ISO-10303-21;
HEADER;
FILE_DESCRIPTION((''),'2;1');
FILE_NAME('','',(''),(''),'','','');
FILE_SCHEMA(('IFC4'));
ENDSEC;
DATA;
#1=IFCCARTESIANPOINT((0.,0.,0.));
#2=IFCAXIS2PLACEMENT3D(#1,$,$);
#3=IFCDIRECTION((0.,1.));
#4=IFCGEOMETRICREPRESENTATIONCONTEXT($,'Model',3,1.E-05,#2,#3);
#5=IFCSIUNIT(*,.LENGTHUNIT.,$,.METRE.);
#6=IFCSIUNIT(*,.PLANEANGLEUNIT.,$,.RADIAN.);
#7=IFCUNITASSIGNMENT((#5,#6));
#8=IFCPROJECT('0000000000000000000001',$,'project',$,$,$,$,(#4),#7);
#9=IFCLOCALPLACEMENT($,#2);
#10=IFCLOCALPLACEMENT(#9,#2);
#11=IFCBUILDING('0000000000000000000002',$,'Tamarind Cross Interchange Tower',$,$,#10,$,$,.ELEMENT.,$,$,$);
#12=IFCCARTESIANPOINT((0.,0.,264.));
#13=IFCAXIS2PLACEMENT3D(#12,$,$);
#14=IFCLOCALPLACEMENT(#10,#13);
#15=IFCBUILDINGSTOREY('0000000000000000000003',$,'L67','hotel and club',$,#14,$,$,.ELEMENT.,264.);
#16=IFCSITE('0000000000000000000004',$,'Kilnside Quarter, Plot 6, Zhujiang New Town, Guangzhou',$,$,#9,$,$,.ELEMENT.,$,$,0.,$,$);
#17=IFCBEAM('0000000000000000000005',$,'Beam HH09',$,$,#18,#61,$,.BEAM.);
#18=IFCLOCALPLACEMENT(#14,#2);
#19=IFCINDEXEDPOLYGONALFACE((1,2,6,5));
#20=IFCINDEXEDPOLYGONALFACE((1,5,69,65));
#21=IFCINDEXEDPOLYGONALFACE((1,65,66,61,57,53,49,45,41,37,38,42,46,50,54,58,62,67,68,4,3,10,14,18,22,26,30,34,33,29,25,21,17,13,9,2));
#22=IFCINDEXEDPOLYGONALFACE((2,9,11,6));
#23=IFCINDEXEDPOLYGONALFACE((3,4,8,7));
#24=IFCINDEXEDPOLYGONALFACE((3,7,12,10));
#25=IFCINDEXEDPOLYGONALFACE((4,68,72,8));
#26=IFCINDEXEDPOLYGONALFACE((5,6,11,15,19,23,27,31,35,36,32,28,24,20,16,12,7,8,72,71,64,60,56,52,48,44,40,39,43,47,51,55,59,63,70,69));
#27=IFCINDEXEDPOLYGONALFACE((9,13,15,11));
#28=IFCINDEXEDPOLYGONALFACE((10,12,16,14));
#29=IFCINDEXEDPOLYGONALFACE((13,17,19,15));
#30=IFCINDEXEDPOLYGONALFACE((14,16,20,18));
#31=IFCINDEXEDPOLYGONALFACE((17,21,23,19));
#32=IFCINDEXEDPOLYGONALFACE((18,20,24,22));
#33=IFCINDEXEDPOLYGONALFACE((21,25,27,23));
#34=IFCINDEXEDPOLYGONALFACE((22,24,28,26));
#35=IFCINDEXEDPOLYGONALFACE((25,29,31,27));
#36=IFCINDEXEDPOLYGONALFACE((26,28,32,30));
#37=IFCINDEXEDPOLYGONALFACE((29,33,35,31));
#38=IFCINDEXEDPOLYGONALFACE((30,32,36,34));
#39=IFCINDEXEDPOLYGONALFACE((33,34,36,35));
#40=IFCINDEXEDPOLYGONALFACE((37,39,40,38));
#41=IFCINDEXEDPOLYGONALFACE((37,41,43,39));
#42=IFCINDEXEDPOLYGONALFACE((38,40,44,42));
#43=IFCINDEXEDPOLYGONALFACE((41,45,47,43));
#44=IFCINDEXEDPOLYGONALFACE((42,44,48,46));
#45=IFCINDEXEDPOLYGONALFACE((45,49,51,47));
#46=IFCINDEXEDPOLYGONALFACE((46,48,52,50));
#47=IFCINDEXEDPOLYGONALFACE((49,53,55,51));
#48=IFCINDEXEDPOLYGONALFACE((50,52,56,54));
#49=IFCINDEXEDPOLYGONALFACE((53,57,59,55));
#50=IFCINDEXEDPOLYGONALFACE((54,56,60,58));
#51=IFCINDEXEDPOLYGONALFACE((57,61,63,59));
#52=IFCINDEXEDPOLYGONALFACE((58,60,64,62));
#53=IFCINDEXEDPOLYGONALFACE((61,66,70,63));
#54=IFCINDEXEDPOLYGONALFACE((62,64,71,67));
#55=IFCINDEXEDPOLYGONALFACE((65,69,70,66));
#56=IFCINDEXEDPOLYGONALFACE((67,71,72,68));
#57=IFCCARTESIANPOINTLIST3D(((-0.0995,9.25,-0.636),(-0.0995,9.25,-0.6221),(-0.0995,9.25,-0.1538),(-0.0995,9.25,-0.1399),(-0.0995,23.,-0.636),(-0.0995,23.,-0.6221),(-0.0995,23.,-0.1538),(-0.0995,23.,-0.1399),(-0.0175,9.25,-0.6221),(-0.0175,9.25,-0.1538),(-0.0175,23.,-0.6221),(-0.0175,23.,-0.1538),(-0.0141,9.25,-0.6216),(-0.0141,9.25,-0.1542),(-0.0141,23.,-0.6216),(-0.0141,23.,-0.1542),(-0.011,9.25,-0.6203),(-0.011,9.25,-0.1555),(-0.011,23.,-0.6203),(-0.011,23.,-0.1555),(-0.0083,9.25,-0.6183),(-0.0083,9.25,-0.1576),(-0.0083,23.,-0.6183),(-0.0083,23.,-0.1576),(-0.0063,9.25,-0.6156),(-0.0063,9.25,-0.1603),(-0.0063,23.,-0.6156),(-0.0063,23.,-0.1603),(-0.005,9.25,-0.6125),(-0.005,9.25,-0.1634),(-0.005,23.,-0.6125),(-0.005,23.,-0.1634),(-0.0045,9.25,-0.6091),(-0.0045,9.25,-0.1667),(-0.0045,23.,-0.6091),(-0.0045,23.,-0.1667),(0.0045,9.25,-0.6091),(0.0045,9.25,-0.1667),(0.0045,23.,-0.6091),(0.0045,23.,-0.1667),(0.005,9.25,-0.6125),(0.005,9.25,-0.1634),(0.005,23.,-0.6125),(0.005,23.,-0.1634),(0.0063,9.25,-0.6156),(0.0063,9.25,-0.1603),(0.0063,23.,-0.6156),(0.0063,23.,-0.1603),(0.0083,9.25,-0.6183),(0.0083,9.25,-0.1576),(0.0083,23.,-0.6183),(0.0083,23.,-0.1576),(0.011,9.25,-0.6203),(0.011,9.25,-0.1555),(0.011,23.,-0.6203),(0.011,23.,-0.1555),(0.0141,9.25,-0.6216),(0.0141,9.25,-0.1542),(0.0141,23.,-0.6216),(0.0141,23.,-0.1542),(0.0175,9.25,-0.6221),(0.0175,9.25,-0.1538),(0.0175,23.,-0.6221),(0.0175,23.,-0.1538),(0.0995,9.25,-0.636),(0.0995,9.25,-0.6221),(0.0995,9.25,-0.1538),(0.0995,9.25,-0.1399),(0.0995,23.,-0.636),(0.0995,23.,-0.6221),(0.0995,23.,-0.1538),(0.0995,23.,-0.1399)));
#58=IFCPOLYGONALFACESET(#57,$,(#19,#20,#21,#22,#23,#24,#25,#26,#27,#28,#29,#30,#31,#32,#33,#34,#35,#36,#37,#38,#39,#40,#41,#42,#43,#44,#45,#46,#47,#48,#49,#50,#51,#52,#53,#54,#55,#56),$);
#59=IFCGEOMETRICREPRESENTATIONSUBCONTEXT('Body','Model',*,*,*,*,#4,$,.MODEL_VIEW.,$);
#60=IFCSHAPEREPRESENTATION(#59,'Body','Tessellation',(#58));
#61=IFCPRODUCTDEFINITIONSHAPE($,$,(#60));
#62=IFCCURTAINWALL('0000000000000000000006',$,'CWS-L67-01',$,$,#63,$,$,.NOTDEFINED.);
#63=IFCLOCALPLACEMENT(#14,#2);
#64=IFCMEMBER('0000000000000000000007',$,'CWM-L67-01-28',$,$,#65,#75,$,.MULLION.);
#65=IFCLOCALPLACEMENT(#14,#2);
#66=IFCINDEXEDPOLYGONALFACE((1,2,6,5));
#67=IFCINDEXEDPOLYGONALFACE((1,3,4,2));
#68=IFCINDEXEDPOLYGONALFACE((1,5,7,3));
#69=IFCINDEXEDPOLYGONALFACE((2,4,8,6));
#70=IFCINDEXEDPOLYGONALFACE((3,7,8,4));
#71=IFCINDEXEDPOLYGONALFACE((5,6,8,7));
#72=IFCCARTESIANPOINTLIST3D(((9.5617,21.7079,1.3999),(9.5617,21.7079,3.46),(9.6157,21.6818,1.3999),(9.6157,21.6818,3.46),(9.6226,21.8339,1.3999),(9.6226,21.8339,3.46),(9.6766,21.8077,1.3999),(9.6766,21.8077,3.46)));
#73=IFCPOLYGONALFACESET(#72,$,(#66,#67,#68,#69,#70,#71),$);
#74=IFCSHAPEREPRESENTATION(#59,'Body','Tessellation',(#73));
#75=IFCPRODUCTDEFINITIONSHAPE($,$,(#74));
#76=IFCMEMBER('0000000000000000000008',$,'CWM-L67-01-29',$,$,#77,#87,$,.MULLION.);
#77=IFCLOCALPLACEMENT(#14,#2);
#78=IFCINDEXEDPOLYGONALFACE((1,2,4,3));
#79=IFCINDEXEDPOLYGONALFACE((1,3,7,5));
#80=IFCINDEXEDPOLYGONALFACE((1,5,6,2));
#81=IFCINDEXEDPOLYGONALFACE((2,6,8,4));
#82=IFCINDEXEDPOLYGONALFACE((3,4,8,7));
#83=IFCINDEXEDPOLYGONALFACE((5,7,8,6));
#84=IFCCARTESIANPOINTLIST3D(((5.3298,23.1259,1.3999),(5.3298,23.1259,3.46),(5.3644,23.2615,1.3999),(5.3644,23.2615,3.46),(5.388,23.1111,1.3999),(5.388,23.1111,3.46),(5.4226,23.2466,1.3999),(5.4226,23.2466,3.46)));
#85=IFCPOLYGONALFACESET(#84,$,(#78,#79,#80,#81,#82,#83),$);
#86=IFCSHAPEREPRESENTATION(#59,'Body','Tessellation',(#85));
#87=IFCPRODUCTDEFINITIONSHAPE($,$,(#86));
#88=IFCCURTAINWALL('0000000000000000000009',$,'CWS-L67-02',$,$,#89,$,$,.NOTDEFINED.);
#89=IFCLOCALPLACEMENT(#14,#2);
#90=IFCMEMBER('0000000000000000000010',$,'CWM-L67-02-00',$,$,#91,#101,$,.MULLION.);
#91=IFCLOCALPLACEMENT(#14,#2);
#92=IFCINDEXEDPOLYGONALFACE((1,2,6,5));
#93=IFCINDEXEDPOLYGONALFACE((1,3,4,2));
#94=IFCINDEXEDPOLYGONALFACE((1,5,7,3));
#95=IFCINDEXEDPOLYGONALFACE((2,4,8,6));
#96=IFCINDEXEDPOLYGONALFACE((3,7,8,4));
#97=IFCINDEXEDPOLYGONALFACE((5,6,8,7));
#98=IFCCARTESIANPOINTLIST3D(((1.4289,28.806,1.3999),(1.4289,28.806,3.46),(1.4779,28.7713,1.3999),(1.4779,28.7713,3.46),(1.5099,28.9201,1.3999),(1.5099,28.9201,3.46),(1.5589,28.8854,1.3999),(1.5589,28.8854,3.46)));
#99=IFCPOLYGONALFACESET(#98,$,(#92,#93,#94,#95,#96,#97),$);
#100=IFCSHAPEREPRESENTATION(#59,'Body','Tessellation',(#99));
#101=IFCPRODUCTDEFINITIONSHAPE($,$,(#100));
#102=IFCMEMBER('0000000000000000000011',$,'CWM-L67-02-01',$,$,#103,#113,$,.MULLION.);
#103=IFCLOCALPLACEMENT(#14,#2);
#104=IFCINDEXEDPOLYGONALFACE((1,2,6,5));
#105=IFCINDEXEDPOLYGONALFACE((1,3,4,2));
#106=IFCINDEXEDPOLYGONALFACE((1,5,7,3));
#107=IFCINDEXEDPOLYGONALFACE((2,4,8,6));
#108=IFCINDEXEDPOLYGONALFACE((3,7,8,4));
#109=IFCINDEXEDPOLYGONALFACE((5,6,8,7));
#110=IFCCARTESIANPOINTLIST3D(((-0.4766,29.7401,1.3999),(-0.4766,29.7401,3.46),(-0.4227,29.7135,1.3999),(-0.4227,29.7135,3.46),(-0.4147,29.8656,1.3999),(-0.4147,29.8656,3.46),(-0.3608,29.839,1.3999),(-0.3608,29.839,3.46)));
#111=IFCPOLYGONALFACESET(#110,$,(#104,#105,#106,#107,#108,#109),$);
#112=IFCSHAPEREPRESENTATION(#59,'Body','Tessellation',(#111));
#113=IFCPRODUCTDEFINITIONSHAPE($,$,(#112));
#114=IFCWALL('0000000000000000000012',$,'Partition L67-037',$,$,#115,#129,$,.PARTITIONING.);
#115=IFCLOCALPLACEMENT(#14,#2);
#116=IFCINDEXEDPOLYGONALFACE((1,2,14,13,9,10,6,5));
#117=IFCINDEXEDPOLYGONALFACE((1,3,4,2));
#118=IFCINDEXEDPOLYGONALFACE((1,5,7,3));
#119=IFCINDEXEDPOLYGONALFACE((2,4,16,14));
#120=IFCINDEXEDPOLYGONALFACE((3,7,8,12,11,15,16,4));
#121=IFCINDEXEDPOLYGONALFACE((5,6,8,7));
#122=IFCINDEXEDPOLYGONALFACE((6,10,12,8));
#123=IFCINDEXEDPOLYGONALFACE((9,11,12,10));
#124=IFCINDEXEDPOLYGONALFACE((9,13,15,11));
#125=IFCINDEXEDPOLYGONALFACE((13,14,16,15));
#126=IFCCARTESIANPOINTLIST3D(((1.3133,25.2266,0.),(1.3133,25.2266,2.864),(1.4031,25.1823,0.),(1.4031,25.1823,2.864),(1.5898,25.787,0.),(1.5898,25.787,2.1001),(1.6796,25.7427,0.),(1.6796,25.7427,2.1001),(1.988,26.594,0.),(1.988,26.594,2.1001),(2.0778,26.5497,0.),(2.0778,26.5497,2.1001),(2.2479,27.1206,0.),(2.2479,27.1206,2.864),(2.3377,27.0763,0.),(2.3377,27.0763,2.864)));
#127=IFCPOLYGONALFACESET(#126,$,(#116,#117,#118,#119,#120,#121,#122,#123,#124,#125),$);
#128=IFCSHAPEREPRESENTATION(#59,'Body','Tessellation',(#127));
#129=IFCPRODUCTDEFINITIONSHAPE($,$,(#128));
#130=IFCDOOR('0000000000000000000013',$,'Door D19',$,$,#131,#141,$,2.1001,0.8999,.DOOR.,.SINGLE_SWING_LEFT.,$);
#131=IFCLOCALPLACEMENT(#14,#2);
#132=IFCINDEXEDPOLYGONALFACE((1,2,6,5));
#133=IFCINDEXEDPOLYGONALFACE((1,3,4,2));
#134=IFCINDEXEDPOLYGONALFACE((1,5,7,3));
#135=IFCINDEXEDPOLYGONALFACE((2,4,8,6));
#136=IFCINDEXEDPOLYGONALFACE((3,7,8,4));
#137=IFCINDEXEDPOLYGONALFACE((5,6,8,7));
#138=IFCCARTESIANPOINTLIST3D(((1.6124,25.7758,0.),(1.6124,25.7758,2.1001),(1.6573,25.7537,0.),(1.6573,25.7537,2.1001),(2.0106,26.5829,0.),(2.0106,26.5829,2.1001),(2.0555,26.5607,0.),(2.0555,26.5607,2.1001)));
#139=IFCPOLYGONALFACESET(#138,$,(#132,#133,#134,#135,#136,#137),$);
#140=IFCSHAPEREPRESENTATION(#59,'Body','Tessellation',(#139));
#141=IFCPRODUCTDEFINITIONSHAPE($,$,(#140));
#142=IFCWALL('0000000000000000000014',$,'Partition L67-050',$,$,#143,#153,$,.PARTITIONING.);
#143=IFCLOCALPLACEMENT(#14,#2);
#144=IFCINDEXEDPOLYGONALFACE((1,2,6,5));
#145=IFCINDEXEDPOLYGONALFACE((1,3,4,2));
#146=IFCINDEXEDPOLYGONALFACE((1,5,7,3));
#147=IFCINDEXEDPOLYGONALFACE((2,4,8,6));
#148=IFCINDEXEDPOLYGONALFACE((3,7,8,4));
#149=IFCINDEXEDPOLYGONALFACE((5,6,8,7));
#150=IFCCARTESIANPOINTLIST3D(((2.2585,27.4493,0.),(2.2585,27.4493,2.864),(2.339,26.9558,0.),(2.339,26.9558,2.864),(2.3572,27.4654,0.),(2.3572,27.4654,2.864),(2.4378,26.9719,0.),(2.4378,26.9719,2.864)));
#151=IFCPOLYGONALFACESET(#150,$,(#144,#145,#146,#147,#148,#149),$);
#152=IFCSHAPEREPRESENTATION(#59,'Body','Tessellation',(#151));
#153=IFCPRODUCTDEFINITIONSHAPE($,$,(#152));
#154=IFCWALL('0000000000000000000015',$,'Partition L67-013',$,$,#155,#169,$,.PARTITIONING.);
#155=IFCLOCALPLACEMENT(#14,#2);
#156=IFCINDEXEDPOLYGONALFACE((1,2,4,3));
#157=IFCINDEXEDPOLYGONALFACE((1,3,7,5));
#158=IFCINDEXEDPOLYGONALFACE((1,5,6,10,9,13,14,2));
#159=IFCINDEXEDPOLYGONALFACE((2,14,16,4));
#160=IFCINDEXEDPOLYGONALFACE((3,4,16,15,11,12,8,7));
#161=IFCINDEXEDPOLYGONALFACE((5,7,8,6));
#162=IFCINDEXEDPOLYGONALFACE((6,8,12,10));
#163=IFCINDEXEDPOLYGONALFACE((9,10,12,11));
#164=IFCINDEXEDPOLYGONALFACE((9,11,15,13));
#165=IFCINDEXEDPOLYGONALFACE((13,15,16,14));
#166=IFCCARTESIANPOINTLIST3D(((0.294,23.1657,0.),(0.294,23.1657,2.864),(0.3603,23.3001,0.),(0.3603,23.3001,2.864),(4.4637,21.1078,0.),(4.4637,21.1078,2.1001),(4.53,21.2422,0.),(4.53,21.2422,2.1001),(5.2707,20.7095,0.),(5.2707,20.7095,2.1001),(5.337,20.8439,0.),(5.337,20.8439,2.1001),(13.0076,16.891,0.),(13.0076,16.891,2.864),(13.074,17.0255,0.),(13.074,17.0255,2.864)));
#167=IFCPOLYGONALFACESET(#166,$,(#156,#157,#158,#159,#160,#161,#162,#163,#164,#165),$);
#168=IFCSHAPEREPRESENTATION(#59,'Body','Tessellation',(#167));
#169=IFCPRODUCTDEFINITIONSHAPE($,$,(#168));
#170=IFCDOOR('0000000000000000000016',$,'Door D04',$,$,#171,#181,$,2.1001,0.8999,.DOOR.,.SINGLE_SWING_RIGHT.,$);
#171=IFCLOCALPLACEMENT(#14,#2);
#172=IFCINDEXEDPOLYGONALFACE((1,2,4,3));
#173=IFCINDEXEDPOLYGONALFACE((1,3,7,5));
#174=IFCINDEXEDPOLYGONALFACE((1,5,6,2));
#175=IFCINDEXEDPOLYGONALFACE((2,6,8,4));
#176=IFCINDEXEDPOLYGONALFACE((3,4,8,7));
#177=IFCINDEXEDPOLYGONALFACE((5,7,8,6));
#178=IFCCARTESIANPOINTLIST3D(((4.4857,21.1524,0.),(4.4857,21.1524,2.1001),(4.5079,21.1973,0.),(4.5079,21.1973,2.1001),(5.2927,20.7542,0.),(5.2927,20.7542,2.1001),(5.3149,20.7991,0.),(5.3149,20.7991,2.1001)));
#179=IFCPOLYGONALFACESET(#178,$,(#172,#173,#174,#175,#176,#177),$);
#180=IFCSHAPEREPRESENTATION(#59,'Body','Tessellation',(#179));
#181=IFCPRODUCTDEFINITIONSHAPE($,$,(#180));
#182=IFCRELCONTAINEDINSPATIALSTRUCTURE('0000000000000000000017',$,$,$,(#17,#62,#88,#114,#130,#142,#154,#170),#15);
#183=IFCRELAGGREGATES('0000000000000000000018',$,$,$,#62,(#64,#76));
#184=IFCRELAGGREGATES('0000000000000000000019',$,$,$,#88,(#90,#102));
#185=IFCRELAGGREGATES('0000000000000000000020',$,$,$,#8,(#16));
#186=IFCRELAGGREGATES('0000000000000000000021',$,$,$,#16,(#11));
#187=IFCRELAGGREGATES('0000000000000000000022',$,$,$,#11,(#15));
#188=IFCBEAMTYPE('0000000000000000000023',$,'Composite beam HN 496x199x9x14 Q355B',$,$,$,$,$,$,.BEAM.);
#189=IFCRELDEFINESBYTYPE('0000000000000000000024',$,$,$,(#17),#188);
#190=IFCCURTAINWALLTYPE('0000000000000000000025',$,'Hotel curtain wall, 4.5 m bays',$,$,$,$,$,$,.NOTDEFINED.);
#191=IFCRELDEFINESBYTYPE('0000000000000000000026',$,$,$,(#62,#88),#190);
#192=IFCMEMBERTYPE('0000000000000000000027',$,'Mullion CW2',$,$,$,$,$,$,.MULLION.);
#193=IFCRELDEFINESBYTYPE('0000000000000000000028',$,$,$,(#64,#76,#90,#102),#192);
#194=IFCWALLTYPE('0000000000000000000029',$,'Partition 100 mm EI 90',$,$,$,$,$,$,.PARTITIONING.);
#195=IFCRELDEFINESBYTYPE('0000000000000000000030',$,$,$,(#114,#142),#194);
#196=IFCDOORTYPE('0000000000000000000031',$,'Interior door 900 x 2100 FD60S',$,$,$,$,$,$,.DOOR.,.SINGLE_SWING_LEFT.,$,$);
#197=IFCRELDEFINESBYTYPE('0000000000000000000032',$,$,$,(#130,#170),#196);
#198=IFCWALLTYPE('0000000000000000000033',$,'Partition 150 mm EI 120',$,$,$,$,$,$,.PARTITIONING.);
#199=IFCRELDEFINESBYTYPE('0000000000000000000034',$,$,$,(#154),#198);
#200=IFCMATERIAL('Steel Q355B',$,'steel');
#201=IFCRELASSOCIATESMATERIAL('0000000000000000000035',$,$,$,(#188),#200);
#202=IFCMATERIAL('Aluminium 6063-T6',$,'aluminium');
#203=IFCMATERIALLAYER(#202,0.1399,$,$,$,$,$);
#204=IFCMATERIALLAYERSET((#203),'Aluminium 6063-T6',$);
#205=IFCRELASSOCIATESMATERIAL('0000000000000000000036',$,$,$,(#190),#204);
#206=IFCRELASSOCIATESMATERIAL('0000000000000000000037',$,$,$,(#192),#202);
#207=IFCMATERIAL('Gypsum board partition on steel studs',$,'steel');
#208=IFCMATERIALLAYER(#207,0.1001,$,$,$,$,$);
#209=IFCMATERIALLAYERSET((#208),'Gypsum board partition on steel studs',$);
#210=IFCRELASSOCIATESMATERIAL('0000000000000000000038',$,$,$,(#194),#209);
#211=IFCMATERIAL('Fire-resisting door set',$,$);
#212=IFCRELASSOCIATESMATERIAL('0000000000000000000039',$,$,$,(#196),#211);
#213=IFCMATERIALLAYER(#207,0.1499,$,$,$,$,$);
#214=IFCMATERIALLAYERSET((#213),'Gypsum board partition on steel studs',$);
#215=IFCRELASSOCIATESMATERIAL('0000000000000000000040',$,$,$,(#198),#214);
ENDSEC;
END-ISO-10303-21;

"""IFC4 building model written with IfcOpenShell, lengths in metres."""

from ifc_helpers import new_model, si_unit, direction, frame, frame_2d, origin, origin_2d, place, context, subcontext, project, spatial, rectangle, i_section, extrude, material, layer, layer_set, material_profile, profile_set, type_object, element, fill, aggregate, save


model = new_model("IFC4")

# Units and contexts
model_context = context("Model", 3, precision=1e-05, world=origin(), true_north=direction((0.0, 1.0)))
body_context = subcontext(model_context, "Body", "Model", "MODEL_VIEW")
ifc_project = project(units=[si_unit("LENGTHUNIT", "METRE"), si_unit("PLANEANGLEUNIT", "RADIAN")], contexts=[model_context])

# Site, building, storey
site_placement = place(None, origin())
site = spatial("IfcSite", under=ifc_project, at=site_placement, Name="Kilnside Quarter, Plot 6, Zhujiang New Town, Guangzhou", CompositionType="ELEMENT", RefElevation=0.0)
building_placement = place(site_placement, origin())
building = spatial("IfcBuilding", under=site, at=building_placement, Name="Tamarind Cross Interchange Tower", CompositionType="ELEMENT")
storey_placement = place(building_placement, frame((0.0, 0.0, 264.0)))
storey = spatial("IfcBuildingStorey", under=building, at=storey_placement, Name="L67", Description="hotel and club", CompositionType="ELEMENT", Elevation=264.0)

# Beam
ifc_material_1 = material(Name="Steel Q355B", Category="steel")
ifc_material_profile_1 = material_profile(ifc_material_1, i_section(OverallWidth=0.199, OverallDepth=0.4961, WebThickness=0.009, FlangeThickness=0.0139, FilletRadius=0.0129, at=origin_2d()), Name="HN 496x199x9x14")
ifc_profile_set_1 = profile_set([ifc_material_profile_1], Name="Steel Q355B")
beam_type = type_object("IfcBeamType", Name="Composite beam HN 496x199x9x14 Q355B", PredefinedType="BEAM", material=ifc_profile_set_1)
beam_1_placement = place(storey_placement, frame((0.0, 23.0, -0.3879), z_axis=(0.0, -1.0, 0.0), x_axis=(1.0, 0.0, 0.0)))
element("IfcBeam", 1, at=beam_1_placement, inside=storey, type_object=beam_type, Name="Beam HH09", PredefinedType="BEAM", context=body_context, shape_type="SweptSolid", body=[
    extrude(i_section(OverallWidth=0.199, OverallDepth=0.4961, WebThickness=0.009, FlangeThickness=0.0139, FilletRadius=0.0129, at=origin_2d()), origin(), (0.0, 0.0, 1.0), 13.75),
])

# Curtain walls, members
ifc_material_2 = material(Name="Aluminium 6063-T6", Category="aluminium")
ifc_layer_1 = layer(ifc_material_2, 0.1399)
ifc_layer_set_1 = layer_set([ifc_layer_1], Name="Aluminium 6063-T6")
curtain_wall_type = type_object("IfcCurtainWallType", Name="Hotel curtain wall, 4.5 m bays", PredefinedType="NOTDEFINED", material=ifc_layer_set_1)
curtain_wall_1_placement = place(storey_placement, origin())
curtain_wall_1 = element("IfcCurtainWall", 2, at=curtain_wall_1_placement, inside=storey, type_object=curtain_wall_type, Name="CWS-L67-01", PredefinedType="NOTDEFINED")
ifc_material_profile_2 = material_profile(ifc_material_2, rectangle(XDim=0.0601, YDim=0.1399, at=origin_2d()), Name="Mullion CW2")
ifc_profile_set_2 = profile_set([ifc_material_profile_2], Name="Aluminium 6063-T6")
member_type = type_object("IfcMemberType", Name="Mullion CW2", PredefinedType="MULLION", material=ifc_profile_set_2)
member_1_placement = place(storey_placement, frame((9.6191, 21.7578, 1.3999), z_axis=(0.0, 0.0, 1.0), x_axis=(-0.900273, 0.435326, 0.0)))
member_1 = element("IfcMember", 3, at=member_1_placement, type_object=member_type, Name="CWM-L67-01-28", PredefinedType="MULLION", context=body_context, shape_type="SweptSolid", body=[
    extrude(rectangle(XDim=0.0601, YDim=0.1399, at=origin_2d()), origin(), (0.0, 0.0, 1.0), 2.0601),
])
member_2_placement = place(storey_placement, frame((5.3762, 23.1863, 1.3999), z_axis=(0.0, 0.0, 1.0), x_axis=(-0.968905, 0.247431, 0.0)))
member_2 = element("IfcMember", 4, at=member_2_placement, type_object=member_type, Name="CWM-L67-01-29", PredefinedType="MULLION", context=body_context, shape_type="SweptSolid", body=[
    extrude(rectangle(XDim=0.0601, YDim=0.1399, at=origin_2d()), origin(), (0.0, 0.0, 1.0), 2.0601),
])
aggregate(curtain_wall_1, [member_1, member_2])
curtain_wall_2_placement = place(storey_placement, origin())
curtain_wall_2 = element("IfcCurtainWall", 5, at=curtain_wall_2_placement, inside=storey, type_object=curtain_wall_type, Name="CWS-L67-02", PredefinedType="NOTDEFINED")
member_3_placement = place(storey_placement, frame((1.4939, 28.8457, 1.3999), z_axis=(0.0, 0.0, 1.0), x_axis=(-0.815717, 0.578451, 0.0)))
member_3 = element("IfcMember", 6, at=member_3_placement, type_object=member_type, Name="CWM-L67-02-00", PredefinedType="MULLION", context=body_context, shape_type="SweptSolid", body=[
    extrude(rectangle(XDim=0.0601, YDim=0.1399, at=origin_2d()), origin(), (0.0, 0.0, 1.0), 2.0601),
])
member_4_placement = place(storey_placement, frame((-0.4187, 29.7896, 1.3999), z_axis=(0.0, 0.0, 1.0), x_axis=(-0.89674, 0.442558, 0.0)))
member_4 = element("IfcMember", 7, at=member_4_placement, type_object=member_type, Name="CWM-L67-02-01", PredefinedType="MULLION", context=body_context, shape_type="SweptSolid", body=[
    extrude(rectangle(XDim=0.0601, YDim=0.1399, at=origin_2d()), origin(), (0.0, 0.0, 1.0), 2.0601),
])
aggregate(curtain_wall_2, [member_3, member_4])

# Wall, opening, door
ifc_material_3 = material(Name="Gypsum board partition on steel studs", Category="steel")
ifc_layer_2 = layer(ifc_material_3, 0.1001)
ifc_layer_set_2 = layer_set([ifc_layer_2], Name="Gypsum board partition on steel studs")
wall_type_1 = type_object("IfcWallType", Name="Partition 100 mm EI 90", PredefinedType="PARTITIONING", material=ifc_layer_set_2)
wall_1_placement = place(storey_placement, frame((1.3582, 25.2043, 0.0), z_axis=(0.0, 0.0, 1.0), x_axis=(0.442491, 0.896773, 0.0)))
wall_1 = element("IfcWall", 8, at=wall_1_placement, inside=storey, type_object=wall_type_1, Name="Partition L67-037", PredefinedType="PARTITIONING", context=body_context, shape_type="SweptSolid", body=[
    extrude(rectangle(XDim=2.1121, YDim=0.1001, at=frame_2d((1.0562, 0.0))), origin(), (0.0, 0.0, 1.0), 2.864),
])
opening_1_placement = place(wall_1_placement, frame((0.625, 0.0, 0.0)))
opening_1 = element("IfcOpeningElement", 9, at=opening_1_placement, cuts=wall_1, PredefinedType="OPENING", context=body_context, shape_type="SweptSolid", body=[
    extrude(rectangle(XDim=0.8999, YDim=2.1001, at=frame_2d((0.45, 1.05))), frame((0.0, 0.0601, 0.0), z_axis=(0.0, -1.0, 0.0), x_axis=(1.0, 0.0, 0.0)), (0.0, 0.0, 1.0), 0.1201),
])
ifc_material_4 = material(Name="Fire-resisting door set")
door_type = type_object("IfcDoorType", Name="Interior door 900 x 2100 FD60S", OperationType="SINGLE_SWING_LEFT", PredefinedType="DOOR", material=ifc_material_4)
door_1_placement = place(opening_1_placement, origin())
door_1 = element("IfcDoor", 10, at=door_1_placement, inside=storey, type_object=door_type, Name="Door D19", OperationType="SINGLE_SWING_LEFT", OverallHeight=2.1001, OverallWidth=0.8999, PredefinedType="DOOR", context=body_context, shape_type="SweptSolid", body=[
    extrude(rectangle(XDim=0.8999, YDim=2.1001, at=frame_2d((0.45, 1.05))), frame((0.0, 0.0249, 0.0), z_axis=(0.0, -1.0, 0.0), x_axis=(1.0, 0.0, 0.0)), (0.0, 0.0, 1.0), 0.05),
])
fill(opening_1, door_1)

# Wall
wall_2_placement = place(storey_placement, frame((2.3884, 26.9639, 0.0), z_axis=(0.0, 0.0, 1.0), x_axis=(-0.161151, 0.98693, 0.0)))
element("IfcWall", 11, at=wall_2_placement, inside=storey, type_object=wall_type_1, Name="Partition L67-050", PredefinedType="PARTITIONING", context=body_context, shape_type="SweptSolid", body=[
    extrude(rectangle(XDim=0.5, YDim=0.1001, at=frame_2d((0.25, 0.0))), origin(), (0.0, 0.0, 1.0), 2.864),
])

# Wall, opening, door
ifc_layer_3 = layer(ifc_material_3, 0.1499)
ifc_layer_set_3 = layer_set([ifc_layer_3], Name="Gypsum board partition on steel studs")
wall_type_2 = type_object("IfcWallType", Name="Partition 150 mm EI 120", PredefinedType="PARTITIONING", material=ifc_layer_set_3)
wall_3_placement = place(storey_placement, frame((0.3271, 23.2329, 0.0), z_axis=(0.0, 0.0, 1.0), x_axis=(0.896733, -0.442572, 0.0)))
wall_3 = element("IfcWall", 12, at=wall_3_placement, inside=storey, type_object=wall_type_2, Name="Partition L67-013", PredefinedType="PARTITIONING", context=body_context, shape_type="SweptSolid", body=[
    extrude(rectangle(XDim=14.1777, YDim=0.1499, at=frame_2d((7.0889, 0.0))), origin(), (0.0, 0.0, 1.0), 2.864),
])
opening_2_placement = place(wall_3_placement, frame((4.6499, 0.0, 0.0)))
opening_2 = element("IfcOpeningElement", 13, at=opening_2_placement, cuts=wall_3, PredefinedType="OPENING", context=body_context, shape_type="SweptSolid", body=[
    extrude(rectangle(XDim=0.8999, YDim=2.1001, at=frame_2d((0.45, 1.05))), frame((0.0, 0.085, 0.0), z_axis=(0.0, -1.0, 0.0), x_axis=(1.0, 0.0, 0.0)), (0.0, 0.0, 1.0), 0.1699),
])
door_2_placement = place(opening_2_placement, origin())
door_2 = element("IfcDoor", 14, at=door_2_placement, inside=storey, type_object=door_type, Name="Door D04", OperationType="SINGLE_SWING_RIGHT", OverallHeight=2.1001, OverallWidth=0.8999, PredefinedType="DOOR", context=body_context, shape_type="SweptSolid", body=[
    extrude(rectangle(XDim=0.8999, YDim=2.1001, at=frame_2d((0.45, 1.05))), frame((0.0, 0.0249, 0.0), z_axis=(0.0, -1.0, 0.0), x_axis=(1.0, 0.0, 0.0)), (0.0, 0.0, 1.0), 0.05),
])
fill(opening_2, door_2)

save(model, "model.ifc")
